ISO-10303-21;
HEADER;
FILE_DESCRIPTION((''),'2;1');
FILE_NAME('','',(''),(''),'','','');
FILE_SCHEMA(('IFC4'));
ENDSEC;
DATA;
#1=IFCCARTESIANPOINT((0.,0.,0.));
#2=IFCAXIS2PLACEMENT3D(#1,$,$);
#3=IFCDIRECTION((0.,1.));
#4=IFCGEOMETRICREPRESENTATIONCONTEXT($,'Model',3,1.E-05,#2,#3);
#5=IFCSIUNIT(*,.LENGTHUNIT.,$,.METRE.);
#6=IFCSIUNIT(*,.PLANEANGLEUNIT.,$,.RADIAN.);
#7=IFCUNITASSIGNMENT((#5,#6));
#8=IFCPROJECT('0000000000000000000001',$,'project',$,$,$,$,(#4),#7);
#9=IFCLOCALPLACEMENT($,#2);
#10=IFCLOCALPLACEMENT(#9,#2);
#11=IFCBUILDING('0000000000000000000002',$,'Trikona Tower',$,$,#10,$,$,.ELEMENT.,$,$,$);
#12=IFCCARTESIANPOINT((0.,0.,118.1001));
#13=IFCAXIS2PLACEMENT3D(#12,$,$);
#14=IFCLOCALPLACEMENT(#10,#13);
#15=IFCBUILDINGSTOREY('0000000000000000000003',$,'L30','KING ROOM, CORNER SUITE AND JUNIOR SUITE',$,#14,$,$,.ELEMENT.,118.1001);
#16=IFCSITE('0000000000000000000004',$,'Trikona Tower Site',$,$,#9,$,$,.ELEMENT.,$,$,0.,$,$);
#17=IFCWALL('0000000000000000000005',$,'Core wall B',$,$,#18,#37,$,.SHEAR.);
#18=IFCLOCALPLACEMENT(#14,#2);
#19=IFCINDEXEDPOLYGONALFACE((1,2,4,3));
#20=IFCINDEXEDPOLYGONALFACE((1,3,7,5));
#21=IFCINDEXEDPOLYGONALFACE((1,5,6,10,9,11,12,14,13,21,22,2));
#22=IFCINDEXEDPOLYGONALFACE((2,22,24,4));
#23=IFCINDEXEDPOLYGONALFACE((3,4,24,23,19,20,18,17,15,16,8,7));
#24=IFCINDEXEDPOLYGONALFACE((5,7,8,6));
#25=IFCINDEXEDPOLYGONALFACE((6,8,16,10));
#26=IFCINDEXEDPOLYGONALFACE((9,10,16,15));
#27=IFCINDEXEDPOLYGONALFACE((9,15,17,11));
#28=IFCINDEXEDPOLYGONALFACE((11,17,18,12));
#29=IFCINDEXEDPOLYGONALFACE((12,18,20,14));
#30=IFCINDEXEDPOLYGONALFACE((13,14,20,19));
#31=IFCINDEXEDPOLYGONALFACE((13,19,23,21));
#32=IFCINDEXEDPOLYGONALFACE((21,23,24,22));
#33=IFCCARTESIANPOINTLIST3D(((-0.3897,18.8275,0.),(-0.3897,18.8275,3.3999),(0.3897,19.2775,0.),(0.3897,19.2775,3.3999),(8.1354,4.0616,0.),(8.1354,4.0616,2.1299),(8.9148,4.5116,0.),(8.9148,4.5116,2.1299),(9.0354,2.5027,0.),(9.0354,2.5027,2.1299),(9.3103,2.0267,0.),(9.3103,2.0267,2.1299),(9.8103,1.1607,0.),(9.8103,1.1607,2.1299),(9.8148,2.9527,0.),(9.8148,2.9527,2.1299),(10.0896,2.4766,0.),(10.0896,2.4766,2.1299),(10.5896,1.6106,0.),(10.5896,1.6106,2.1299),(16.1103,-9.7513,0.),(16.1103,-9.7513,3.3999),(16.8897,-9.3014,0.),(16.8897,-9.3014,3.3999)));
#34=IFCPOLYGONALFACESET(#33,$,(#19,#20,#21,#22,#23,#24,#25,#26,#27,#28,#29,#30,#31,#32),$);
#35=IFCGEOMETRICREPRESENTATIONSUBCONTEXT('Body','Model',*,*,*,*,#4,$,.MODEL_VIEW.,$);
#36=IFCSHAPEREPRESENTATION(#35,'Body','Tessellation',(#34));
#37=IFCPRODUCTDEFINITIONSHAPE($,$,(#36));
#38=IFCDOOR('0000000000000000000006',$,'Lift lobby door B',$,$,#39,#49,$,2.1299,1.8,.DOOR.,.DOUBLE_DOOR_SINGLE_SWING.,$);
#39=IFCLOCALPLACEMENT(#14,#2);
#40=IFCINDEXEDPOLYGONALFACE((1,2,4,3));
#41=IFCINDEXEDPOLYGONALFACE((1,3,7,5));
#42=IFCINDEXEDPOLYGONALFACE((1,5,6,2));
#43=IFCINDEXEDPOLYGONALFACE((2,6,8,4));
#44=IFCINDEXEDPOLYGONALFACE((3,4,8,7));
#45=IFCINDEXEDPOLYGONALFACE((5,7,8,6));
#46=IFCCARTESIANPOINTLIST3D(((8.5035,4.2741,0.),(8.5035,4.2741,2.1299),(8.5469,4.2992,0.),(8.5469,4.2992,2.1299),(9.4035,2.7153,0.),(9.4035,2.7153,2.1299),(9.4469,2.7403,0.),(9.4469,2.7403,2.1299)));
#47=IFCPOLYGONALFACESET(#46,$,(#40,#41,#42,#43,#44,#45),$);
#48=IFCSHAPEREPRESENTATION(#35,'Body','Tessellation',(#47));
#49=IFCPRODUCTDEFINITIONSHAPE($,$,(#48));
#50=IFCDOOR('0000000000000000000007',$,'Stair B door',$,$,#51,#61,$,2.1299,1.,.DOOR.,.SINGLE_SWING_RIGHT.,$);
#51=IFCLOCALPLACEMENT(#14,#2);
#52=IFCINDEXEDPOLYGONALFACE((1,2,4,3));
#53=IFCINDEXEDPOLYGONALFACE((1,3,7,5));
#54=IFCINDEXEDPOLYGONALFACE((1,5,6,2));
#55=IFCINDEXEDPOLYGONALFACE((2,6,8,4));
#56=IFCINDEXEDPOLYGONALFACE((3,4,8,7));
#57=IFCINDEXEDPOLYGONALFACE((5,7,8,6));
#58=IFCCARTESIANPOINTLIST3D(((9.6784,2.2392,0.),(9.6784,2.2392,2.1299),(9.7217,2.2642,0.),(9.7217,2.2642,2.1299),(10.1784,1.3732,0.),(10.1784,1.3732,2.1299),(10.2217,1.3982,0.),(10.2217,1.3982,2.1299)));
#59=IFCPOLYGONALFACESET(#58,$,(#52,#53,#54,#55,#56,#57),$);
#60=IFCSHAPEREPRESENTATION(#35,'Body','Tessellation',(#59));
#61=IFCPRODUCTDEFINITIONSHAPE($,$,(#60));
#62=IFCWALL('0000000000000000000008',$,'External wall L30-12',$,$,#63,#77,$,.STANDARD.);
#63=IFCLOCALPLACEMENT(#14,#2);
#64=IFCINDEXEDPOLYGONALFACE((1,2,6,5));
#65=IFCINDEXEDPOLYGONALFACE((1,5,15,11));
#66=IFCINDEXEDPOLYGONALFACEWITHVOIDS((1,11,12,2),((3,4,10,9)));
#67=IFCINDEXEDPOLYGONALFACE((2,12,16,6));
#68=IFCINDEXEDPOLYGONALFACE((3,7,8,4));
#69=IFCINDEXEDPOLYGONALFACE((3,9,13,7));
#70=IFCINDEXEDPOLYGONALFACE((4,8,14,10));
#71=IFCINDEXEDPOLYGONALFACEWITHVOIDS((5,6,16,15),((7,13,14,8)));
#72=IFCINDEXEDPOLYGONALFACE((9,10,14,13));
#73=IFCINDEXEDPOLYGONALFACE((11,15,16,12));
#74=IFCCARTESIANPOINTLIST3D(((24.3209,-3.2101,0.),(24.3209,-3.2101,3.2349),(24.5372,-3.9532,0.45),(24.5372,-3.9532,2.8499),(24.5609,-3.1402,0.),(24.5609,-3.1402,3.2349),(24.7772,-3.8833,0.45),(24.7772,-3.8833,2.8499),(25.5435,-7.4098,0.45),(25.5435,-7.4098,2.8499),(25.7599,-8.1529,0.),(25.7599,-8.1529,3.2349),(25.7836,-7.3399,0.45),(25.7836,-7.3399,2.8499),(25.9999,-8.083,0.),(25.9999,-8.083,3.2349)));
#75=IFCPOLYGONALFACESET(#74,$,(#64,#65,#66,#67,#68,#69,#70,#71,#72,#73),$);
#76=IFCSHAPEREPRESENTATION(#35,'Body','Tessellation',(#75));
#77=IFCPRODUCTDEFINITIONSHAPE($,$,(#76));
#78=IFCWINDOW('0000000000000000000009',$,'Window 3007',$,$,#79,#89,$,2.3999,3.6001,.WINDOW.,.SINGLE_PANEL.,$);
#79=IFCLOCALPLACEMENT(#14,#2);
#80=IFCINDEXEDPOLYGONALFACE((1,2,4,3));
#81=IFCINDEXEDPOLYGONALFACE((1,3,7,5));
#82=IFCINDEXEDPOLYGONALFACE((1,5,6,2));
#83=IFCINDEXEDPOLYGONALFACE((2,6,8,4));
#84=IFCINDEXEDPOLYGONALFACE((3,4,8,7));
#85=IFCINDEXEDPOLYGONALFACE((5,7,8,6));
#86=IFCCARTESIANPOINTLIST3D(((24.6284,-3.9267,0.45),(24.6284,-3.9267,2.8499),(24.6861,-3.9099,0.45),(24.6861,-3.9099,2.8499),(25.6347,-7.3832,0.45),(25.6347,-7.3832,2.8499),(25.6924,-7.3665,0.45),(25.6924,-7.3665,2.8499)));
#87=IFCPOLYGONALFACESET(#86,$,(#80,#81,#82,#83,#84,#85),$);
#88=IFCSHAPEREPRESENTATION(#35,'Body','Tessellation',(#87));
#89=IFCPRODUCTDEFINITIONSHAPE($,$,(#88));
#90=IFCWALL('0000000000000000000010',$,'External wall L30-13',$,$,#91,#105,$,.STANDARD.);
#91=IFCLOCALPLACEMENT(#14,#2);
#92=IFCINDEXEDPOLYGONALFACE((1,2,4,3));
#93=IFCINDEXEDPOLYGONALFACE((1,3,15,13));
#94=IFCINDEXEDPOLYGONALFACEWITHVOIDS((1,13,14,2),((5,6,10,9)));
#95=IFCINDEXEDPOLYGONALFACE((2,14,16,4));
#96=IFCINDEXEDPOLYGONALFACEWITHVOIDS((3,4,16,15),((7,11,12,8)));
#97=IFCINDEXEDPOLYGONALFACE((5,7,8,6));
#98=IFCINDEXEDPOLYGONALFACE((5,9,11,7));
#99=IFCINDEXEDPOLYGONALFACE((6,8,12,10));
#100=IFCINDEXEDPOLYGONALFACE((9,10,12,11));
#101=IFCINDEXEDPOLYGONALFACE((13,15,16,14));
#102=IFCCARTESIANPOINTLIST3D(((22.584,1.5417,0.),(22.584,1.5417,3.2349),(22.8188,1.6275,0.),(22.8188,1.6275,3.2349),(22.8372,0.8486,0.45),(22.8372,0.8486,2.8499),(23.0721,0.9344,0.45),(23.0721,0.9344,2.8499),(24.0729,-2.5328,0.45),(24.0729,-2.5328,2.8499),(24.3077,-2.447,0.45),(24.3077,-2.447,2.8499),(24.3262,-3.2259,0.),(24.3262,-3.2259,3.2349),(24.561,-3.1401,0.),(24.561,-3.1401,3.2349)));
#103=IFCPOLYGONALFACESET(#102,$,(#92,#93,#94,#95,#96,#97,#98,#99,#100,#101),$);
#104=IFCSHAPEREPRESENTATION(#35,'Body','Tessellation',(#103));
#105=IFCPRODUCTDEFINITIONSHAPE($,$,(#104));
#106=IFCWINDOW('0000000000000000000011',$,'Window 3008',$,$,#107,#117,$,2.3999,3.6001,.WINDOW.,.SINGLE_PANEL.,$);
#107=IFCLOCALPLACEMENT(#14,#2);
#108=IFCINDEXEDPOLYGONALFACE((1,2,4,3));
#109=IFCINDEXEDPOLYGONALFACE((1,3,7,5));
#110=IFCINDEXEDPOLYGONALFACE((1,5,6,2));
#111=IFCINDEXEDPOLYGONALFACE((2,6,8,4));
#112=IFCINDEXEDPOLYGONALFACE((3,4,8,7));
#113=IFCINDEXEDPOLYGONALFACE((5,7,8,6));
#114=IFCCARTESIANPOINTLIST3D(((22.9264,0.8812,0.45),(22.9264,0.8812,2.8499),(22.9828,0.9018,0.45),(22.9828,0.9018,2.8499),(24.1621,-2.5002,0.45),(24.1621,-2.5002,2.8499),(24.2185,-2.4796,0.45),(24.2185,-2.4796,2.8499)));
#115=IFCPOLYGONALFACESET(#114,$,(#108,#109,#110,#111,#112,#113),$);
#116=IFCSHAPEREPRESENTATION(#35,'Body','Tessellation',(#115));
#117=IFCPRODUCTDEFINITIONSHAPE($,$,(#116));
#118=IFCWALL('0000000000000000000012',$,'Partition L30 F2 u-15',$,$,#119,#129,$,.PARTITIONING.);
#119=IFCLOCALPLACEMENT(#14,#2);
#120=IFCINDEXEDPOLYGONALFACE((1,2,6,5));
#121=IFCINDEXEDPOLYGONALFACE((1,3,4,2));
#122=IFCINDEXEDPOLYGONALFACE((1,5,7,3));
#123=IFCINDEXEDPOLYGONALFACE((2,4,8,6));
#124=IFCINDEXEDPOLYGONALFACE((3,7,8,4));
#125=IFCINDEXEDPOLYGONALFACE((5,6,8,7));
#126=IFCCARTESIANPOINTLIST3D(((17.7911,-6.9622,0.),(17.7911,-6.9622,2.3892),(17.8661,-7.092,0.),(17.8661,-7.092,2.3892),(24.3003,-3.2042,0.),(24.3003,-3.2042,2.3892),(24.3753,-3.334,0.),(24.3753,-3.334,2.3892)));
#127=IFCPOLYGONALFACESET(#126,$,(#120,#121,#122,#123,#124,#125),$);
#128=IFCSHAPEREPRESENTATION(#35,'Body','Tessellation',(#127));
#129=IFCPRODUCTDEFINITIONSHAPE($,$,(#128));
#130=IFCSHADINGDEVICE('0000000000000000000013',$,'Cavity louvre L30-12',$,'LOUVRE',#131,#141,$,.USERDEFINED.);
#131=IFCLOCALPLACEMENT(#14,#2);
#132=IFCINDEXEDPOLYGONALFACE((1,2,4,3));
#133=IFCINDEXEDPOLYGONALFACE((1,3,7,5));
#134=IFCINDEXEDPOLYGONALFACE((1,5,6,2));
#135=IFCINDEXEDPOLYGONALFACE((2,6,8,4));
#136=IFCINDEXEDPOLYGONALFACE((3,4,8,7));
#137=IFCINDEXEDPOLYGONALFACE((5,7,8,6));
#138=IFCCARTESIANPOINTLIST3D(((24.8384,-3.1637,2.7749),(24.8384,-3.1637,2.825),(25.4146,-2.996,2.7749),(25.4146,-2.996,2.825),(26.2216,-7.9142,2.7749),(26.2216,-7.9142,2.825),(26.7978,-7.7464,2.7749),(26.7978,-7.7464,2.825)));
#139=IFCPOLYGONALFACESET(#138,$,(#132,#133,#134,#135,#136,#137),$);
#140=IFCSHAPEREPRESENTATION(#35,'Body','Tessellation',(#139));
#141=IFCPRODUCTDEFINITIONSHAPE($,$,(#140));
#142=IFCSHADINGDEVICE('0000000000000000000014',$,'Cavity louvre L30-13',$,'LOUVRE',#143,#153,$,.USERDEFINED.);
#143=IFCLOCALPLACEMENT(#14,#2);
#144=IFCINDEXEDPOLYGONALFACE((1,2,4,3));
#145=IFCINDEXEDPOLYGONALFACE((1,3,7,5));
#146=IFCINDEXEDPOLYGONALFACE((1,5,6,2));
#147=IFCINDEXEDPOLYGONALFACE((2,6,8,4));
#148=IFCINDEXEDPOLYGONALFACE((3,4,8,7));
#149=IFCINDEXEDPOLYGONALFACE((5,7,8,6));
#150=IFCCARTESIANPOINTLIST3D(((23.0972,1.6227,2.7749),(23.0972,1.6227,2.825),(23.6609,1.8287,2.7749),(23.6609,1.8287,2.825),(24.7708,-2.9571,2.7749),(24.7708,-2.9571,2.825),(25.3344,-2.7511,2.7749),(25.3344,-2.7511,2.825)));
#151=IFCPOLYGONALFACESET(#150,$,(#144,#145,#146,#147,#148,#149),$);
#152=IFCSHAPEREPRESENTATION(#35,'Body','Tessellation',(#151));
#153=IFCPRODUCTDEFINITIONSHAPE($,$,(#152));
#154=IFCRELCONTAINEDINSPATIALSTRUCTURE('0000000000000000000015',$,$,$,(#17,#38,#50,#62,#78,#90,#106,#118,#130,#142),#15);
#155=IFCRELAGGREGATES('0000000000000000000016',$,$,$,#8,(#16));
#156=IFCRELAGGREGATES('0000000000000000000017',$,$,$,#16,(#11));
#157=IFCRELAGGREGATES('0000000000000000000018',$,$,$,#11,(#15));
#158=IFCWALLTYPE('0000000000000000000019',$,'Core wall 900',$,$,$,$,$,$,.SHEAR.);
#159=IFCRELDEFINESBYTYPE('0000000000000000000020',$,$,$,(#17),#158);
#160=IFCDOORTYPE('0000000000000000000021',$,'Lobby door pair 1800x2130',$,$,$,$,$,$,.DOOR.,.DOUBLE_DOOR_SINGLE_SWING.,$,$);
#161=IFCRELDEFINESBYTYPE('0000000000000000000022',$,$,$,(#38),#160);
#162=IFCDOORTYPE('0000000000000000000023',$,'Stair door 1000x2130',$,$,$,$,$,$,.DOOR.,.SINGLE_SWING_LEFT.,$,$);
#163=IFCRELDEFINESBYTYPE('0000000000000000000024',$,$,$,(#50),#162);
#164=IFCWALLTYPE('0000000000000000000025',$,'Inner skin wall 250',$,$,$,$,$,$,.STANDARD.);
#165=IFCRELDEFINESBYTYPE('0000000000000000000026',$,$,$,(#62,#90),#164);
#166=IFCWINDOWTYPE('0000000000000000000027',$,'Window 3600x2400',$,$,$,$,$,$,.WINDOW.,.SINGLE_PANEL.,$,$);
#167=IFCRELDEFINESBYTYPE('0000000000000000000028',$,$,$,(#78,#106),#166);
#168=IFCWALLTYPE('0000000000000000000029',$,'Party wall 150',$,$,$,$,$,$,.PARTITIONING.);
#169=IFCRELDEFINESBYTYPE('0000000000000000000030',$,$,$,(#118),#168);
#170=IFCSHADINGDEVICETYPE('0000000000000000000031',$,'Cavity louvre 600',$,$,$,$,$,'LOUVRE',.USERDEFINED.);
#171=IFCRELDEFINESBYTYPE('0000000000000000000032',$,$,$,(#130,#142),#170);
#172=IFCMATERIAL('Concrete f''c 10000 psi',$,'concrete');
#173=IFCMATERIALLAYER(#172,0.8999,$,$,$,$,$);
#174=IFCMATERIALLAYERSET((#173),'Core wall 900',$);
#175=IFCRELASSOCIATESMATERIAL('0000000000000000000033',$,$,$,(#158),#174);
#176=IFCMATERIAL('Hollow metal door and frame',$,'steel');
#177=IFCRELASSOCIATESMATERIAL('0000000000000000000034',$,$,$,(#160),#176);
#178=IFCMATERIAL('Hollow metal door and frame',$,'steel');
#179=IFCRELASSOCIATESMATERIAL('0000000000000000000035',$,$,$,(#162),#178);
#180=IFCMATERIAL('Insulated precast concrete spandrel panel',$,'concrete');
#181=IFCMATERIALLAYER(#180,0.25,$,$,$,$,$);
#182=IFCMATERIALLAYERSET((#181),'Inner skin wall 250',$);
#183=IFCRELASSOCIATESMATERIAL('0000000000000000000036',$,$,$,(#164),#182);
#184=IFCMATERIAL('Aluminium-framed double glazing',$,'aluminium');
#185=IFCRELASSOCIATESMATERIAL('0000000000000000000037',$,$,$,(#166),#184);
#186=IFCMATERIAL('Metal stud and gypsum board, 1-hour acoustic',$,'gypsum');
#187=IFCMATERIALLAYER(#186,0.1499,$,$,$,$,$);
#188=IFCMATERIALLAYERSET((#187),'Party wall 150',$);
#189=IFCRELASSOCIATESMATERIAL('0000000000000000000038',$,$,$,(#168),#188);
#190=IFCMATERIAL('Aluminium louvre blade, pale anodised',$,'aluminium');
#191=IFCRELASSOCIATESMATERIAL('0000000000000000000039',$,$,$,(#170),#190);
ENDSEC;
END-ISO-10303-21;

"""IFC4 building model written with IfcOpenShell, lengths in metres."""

from ifc_helpers import new_model, si_unit, direction, frame, frame_2d, origin, origin_2d, place, context, subcontext, project, spatial, rectangle, extrude, material, layer, layer_set, type_object, element, fill, save


model = new_model("IFC4")

# Units and contexts
model_context = context("Model", 3, precision=1e-05, world=origin(), true_north=direction((0.0, 1.0)))
body_context = subcontext(model_context, "Body", "Model", "MODEL_VIEW")
ifc_project = project(units=[si_unit("LENGTHUNIT", "METRE"), si_unit("PLANEANGLEUNIT", "RADIAN")], contexts=[model_context])

# Site, building, storey
site_placement = place(None, origin())
site = spatial("IfcSite", under=ifc_project, at=site_placement, Name="Trikona Tower Site", CompositionType="ELEMENT", RefElevation=0.0)
building_placement = place(site_placement, origin())
building = spatial("IfcBuilding", under=site, at=building_placement, Name="Trikona Tower", CompositionType="ELEMENT")
storey_placement = place(building_placement, frame((0.0, 0.0, 118.1001)))
storey = spatial("IfcBuildingStorey", under=building, at=storey_placement, Name="L30", Description="KING ROOM, CORNER SUITE AND JUNIOR SUITE", CompositionType="ELEMENT", Elevation=118.1001)

# Wall, openings, doors
ifc_material_1 = material(Name="Concrete f'c 10000 psi", Category="concrete")
ifc_layer_1 = layer(ifc_material_1, 0.8999)
ifc_layer_set_1 = layer_set([ifc_layer_1], Name="Core wall 900")
wall_type_1 = type_object("IfcWallType", Name="Core wall 900", PredefinedType="SHEAR", material=ifc_layer_set_1)
wall_1_placement = place(storey_placement, frame((16.5, -9.5264, 0.0), z_axis=(0.0, 0.0, 1.0), x_axis=(-0.5, 0.866026, 0.0)))
wall_1 = element("IfcWall", 1, at=wall_1_placement, inside=storey, type_object=wall_type_1, Name="Core wall B", PredefinedType="SHEAR", context=body_context, shape_type="SweptSolid", body=[
    extrude(rectangle(XDim=33.0, YDim=0.8999, at=frame_2d((16.5, 0.0))), origin(), (0.0, 0.0, 1.0), 3.3999),
])
opening_1_placement = place(wall_1_placement, frame((14.1499, 0.0, 0.0)))
opening_1 = element("IfcOpeningElement", 2, at=opening_1_placement, cuts=wall_1, PredefinedType="OPENING", context=body_context, shape_type="SweptSolid", body=[
    extrude(rectangle(XDim=1.8, YDim=2.1299, at=frame_2d((0.8999, 1.0649))), frame((0.0, 0.46, 0.0), z_axis=(0.0, -1.0, 0.0), x_axis=(1.0, 0.0, 0.0)), (0.0, 0.0, 1.0), 0.9199),
])
opening_2_placement = place(wall_1_placement, frame((12.6001, 0.0, 0.0)))
opening_2 = element("IfcOpeningElement", 3, at=opening_2_placement, cuts=wall_1, PredefinedType="OPENING", context=body_context, shape_type="SweptSolid", body=[
    extrude(rectangle(XDim=1.0, YDim=2.1299, at=frame_2d((0.5, 1.0649))), frame((0.0, 0.46, 0.0), z_axis=(0.0, -1.0, 0.0), x_axis=(1.0, 0.0, 0.0)), (0.0, 0.0, 1.0), 0.9199),
])
ifc_material_2 = material(Name="Hollow metal door and frame", Category="steel")
door_type_1 = type_object("IfcDoorType", Name="Lobby door pair 1800x2130", OperationType="DOUBLE_DOOR_SINGLE_SWING", PredefinedType="DOOR", material=ifc_material_2)
door_1_placement = place(opening_1_placement, origin())
door_1 = element("IfcDoor", 4, at=door_1_placement, inside=storey, type_object=door_type_1, Name="Lift lobby door B", OperationType="DOUBLE_DOOR_SINGLE_SWING", OverallHeight=2.1299, OverallWidth=1.8, PredefinedType="DOOR", context=body_context, shape_type="SweptSolid", body=[
    extrude(rectangle(XDim=1.8, YDim=2.1299, at=frame_2d((0.8999, 1.0649))), frame((0.0, 0.0249, 0.0), z_axis=(0.0, -1.0, 0.0), x_axis=(1.0, 0.0, 0.0)), (0.0, 0.0, 1.0), 0.05),
])
fill(opening_1, door_1)
ifc_material_3 = material(Name="Hollow metal door and frame", Category="steel")
door_type_2 = type_object("IfcDoorType", Name="Stair door 1000x2130", OperationType="SINGLE_SWING_LEFT", PredefinedType="DOOR", material=ifc_material_3)
door_2_placement = place(opening_2_placement, origin())
door_2 = element("IfcDoor", 5, at=door_2_placement, inside=storey, type_object=door_type_2, Name="Stair B door", OperationType="SINGLE_SWING_RIGHT", OverallHeight=2.1299, OverallWidth=1.0, PredefinedType="DOOR", context=body_context, shape_type="SweptSolid", body=[
    extrude(rectangle(XDim=1.0, YDim=2.1299, at=frame_2d((0.5, 1.0649))), frame((0.0, 0.0249, 0.0), z_axis=(0.0, -1.0, 0.0), x_axis=(1.0, 0.0, 0.0)), (0.0, 0.0, 1.0), 0.05),
])
fill(opening_2, door_2)

# Walls, openings, windows
ifc_material_4 = material(Name="Insulated precast concrete spandrel panel", Category="concrete")
ifc_layer_2 = layer(ifc_material_4, 0.25)
ifc_layer_set_2 = layer_set([ifc_layer_2], Name="Inner skin wall 250")
wall_type_2 = type_object("IfcWallType", Name="Inner skin wall 250", PredefinedType="STANDARD", material=ifc_layer_set_2)
wall_2_placement = place(storey_placement, frame((25.8799, -8.1179, 0.0), z_axis=(0.0, 0.0, 1.0), x_axis=(-0.279528, 0.960137, 0.0)))
wall_2 = element("IfcWall", 6, at=wall_2_placement, inside=storey, type_object=wall_type_2, Name="External wall L30-12", PredefinedType="STANDARD", context=body_context, shape_type="SweptSolid", body=[
    extrude(rectangle(XDim=5.1479, YDim=0.25, at=frame_2d((2.574, 0.0))), origin(), (0.0, 0.0, 1.0), 3.2349),
])
opening_3_placement = place(wall_2_placement, frame((0.7739, 0.0, 0.45)))
opening_3 = element("IfcOpeningElement", 7, at=opening_3_placement, cuts=wall_2, PredefinedType="OPENING", context=body_context, shape_type="SweptSolid", body=[
    extrude(rectangle(XDim=3.6001, YDim=2.3999, at=frame_2d((1.8, 1.2))), frame((0.0, 0.135, 0.0), z_axis=(0.0, -1.0, 0.0), x_axis=(1.0, 0.0, 0.0)), (0.0, 0.0, 1.0), 0.27),
])
ifc_material_5 = material(Name="Aluminium-framed double glazing", Category="aluminium")
window_type = type_object("IfcWindowType", Name="Window 3600x2400", PartitioningType="SINGLE_PANEL", PredefinedType="WINDOW", material=ifc_material_5)
window_1_placement = place(opening_3_placement, origin())
window_1 = element("IfcWindow", 8, at=window_1_placement, inside=storey, type_object=window_type, Name="Window 3007", OverallHeight=2.3999, OverallWidth=3.6001, PartitioningType="SINGLE_PANEL", PredefinedType="WINDOW", context=body_context, shape_type="SweptSolid", body=[
    extrude(rectangle(XDim=3.6001, YDim=2.3999, at=frame_2d((1.8, 1.2))), frame((0.0, 0.03, 0.0), z_axis=(0.0, -1.0, 0.0), x_axis=(1.0, 0.0, 0.0)), (0.0, 0.0, 1.0), 0.0601),
])
fill(opening_3, window_1)
wall_3_placement = place(storey_placement, frame((24.4436, -3.1831, 0.0), z_axis=(0.0, 0.0, 1.0), x_axis=(-0.343226, 0.939253, 0.0)))
wall_3 = element("IfcWall", 9, at=wall_3_placement, inside=storey, type_object=wall_type_2, Name="External wall L30-13", PredefinedType="STANDARD", context=body_context, shape_type="SweptSolid", body=[
    extrude(rectangle(XDim=5.0759, YDim=0.25, at=frame_2d((2.5381, 0.0))), origin(), (0.0, 0.0, 1.0), 3.2349),
])
opening_4_placement = place(wall_3_placement, frame((0.738, 0.0, 0.45)))
opening_4 = element("IfcOpeningElement", 10, at=opening_4_placement, cuts=wall_3, PredefinedType="OPENING", context=body_context, shape_type="SweptSolid", body=[
    extrude(rectangle(XDim=3.6001, YDim=2.3999, at=frame_2d((1.8, 1.2))), frame((0.0, 0.135, 0.0), z_axis=(0.0, -1.0, 0.0), x_axis=(1.0, 0.0, 0.0)), (0.0, 0.0, 1.0), 0.27),
])
window_2_placement = place(opening_4_placement, origin())
window_2 = element("IfcWindow", 11, at=window_2_placement, inside=storey, type_object=window_type, Name="Window 3008", OverallHeight=2.3999, OverallWidth=3.6001, PartitioningType="SINGLE_PANEL", PredefinedType="WINDOW", context=body_context, shape_type="SweptSolid", body=[
    extrude(rectangle(XDim=3.6001, YDim=2.3999, at=frame_2d((1.8, 1.2))), frame((0.0, 0.03, 0.0), z_axis=(0.0, -1.0, 0.0), x_axis=(1.0, 0.0, 0.0)), (0.0, 0.0, 1.0), 0.0601),
])
fill(opening_4, window_2)

# Wall
ifc_material_6 = material(Name="Metal stud and gypsum board, 1-hour acoustic", Category="gypsum")
ifc_layer_3 = layer(ifc_material_6, 0.1499)
ifc_layer_set_3 = layer_set([ifc_layer_3], Name="Party wall 150")
wall_type_3 = type_object("IfcWallType", Name="Party wall 150", PredefinedType="PARTITIONING", material=ifc_layer_set_3)
wall_4_placement = place(storey_placement, frame((17.8286, -7.0271, 0.0), z_axis=(0.0, 0.0, 1.0), x_axis=(0.86603, 0.499992, 0.0)))
element("IfcWall", 12, at=wall_4_placement, inside=storey, type_object=wall_type_3, Name="Partition L30 F2 u-15", PredefinedType="PARTITIONING", context=body_context, shape_type="SweptSolid", body=[
    extrude(rectangle(XDim=7.5161, YDim=0.1499, at=frame_2d((3.7581, 0.0))), origin(), (0.0, 0.0, 1.0), 2.3892),
])

# Shading devices
ifc_material_7 = material(Name="Aluminium louvre blade, pale anodised", Category="aluminium")
shading_device_type = type_object("IfcShadingDeviceType", Name="Cavity louvre 600", ElementType="LOUVRE", PredefinedType="USERDEFINED", material=ifc_material_7)
shading_device_1_placement = place(storey_placement, frame((25.8181, -5.4551, 2.7749), z_axis=(0.0, 0.0, 1.0), x_axis=(-0.279554, 0.96013, 0.0)))
element("IfcShadingDevice", 13, at=shading_device_1_placement, inside=storey, type_object=shading_device_type, Name="Cavity louvre L30-12", ObjectType="LOUVRE", PredefinedType="USERDEFINED", context=body_context, shape_type="SweptSolid", body=[
    extrude(rectangle(XDim=4.9478, YDim=0.6001, at=origin_2d()), origin(), (0.0, 0.0, 1.0), 0.05),
])
shading_device_2_placement = place(storey_placement, frame((24.2158, -0.5642, 2.7749), z_axis=(0.0, 0.0, 1.0), x_axis=(-0.34322, 0.939255, 0.0)))
element("IfcShadingDevice", 14, at=shading_device_2_placement, inside=storey, type_object=shading_device_type, Name="Cavity louvre L30-13", ObjectType="LOUVRE", PredefinedType="USERDEFINED", context=body_context, shape_type="SweptSolid", body=[
    extrude(rectangle(XDim=4.876, YDim=0.6001, at=origin_2d()), origin(), (0.0, 0.0, 1.0), 0.05),
])

save(model, "model.ifc")
